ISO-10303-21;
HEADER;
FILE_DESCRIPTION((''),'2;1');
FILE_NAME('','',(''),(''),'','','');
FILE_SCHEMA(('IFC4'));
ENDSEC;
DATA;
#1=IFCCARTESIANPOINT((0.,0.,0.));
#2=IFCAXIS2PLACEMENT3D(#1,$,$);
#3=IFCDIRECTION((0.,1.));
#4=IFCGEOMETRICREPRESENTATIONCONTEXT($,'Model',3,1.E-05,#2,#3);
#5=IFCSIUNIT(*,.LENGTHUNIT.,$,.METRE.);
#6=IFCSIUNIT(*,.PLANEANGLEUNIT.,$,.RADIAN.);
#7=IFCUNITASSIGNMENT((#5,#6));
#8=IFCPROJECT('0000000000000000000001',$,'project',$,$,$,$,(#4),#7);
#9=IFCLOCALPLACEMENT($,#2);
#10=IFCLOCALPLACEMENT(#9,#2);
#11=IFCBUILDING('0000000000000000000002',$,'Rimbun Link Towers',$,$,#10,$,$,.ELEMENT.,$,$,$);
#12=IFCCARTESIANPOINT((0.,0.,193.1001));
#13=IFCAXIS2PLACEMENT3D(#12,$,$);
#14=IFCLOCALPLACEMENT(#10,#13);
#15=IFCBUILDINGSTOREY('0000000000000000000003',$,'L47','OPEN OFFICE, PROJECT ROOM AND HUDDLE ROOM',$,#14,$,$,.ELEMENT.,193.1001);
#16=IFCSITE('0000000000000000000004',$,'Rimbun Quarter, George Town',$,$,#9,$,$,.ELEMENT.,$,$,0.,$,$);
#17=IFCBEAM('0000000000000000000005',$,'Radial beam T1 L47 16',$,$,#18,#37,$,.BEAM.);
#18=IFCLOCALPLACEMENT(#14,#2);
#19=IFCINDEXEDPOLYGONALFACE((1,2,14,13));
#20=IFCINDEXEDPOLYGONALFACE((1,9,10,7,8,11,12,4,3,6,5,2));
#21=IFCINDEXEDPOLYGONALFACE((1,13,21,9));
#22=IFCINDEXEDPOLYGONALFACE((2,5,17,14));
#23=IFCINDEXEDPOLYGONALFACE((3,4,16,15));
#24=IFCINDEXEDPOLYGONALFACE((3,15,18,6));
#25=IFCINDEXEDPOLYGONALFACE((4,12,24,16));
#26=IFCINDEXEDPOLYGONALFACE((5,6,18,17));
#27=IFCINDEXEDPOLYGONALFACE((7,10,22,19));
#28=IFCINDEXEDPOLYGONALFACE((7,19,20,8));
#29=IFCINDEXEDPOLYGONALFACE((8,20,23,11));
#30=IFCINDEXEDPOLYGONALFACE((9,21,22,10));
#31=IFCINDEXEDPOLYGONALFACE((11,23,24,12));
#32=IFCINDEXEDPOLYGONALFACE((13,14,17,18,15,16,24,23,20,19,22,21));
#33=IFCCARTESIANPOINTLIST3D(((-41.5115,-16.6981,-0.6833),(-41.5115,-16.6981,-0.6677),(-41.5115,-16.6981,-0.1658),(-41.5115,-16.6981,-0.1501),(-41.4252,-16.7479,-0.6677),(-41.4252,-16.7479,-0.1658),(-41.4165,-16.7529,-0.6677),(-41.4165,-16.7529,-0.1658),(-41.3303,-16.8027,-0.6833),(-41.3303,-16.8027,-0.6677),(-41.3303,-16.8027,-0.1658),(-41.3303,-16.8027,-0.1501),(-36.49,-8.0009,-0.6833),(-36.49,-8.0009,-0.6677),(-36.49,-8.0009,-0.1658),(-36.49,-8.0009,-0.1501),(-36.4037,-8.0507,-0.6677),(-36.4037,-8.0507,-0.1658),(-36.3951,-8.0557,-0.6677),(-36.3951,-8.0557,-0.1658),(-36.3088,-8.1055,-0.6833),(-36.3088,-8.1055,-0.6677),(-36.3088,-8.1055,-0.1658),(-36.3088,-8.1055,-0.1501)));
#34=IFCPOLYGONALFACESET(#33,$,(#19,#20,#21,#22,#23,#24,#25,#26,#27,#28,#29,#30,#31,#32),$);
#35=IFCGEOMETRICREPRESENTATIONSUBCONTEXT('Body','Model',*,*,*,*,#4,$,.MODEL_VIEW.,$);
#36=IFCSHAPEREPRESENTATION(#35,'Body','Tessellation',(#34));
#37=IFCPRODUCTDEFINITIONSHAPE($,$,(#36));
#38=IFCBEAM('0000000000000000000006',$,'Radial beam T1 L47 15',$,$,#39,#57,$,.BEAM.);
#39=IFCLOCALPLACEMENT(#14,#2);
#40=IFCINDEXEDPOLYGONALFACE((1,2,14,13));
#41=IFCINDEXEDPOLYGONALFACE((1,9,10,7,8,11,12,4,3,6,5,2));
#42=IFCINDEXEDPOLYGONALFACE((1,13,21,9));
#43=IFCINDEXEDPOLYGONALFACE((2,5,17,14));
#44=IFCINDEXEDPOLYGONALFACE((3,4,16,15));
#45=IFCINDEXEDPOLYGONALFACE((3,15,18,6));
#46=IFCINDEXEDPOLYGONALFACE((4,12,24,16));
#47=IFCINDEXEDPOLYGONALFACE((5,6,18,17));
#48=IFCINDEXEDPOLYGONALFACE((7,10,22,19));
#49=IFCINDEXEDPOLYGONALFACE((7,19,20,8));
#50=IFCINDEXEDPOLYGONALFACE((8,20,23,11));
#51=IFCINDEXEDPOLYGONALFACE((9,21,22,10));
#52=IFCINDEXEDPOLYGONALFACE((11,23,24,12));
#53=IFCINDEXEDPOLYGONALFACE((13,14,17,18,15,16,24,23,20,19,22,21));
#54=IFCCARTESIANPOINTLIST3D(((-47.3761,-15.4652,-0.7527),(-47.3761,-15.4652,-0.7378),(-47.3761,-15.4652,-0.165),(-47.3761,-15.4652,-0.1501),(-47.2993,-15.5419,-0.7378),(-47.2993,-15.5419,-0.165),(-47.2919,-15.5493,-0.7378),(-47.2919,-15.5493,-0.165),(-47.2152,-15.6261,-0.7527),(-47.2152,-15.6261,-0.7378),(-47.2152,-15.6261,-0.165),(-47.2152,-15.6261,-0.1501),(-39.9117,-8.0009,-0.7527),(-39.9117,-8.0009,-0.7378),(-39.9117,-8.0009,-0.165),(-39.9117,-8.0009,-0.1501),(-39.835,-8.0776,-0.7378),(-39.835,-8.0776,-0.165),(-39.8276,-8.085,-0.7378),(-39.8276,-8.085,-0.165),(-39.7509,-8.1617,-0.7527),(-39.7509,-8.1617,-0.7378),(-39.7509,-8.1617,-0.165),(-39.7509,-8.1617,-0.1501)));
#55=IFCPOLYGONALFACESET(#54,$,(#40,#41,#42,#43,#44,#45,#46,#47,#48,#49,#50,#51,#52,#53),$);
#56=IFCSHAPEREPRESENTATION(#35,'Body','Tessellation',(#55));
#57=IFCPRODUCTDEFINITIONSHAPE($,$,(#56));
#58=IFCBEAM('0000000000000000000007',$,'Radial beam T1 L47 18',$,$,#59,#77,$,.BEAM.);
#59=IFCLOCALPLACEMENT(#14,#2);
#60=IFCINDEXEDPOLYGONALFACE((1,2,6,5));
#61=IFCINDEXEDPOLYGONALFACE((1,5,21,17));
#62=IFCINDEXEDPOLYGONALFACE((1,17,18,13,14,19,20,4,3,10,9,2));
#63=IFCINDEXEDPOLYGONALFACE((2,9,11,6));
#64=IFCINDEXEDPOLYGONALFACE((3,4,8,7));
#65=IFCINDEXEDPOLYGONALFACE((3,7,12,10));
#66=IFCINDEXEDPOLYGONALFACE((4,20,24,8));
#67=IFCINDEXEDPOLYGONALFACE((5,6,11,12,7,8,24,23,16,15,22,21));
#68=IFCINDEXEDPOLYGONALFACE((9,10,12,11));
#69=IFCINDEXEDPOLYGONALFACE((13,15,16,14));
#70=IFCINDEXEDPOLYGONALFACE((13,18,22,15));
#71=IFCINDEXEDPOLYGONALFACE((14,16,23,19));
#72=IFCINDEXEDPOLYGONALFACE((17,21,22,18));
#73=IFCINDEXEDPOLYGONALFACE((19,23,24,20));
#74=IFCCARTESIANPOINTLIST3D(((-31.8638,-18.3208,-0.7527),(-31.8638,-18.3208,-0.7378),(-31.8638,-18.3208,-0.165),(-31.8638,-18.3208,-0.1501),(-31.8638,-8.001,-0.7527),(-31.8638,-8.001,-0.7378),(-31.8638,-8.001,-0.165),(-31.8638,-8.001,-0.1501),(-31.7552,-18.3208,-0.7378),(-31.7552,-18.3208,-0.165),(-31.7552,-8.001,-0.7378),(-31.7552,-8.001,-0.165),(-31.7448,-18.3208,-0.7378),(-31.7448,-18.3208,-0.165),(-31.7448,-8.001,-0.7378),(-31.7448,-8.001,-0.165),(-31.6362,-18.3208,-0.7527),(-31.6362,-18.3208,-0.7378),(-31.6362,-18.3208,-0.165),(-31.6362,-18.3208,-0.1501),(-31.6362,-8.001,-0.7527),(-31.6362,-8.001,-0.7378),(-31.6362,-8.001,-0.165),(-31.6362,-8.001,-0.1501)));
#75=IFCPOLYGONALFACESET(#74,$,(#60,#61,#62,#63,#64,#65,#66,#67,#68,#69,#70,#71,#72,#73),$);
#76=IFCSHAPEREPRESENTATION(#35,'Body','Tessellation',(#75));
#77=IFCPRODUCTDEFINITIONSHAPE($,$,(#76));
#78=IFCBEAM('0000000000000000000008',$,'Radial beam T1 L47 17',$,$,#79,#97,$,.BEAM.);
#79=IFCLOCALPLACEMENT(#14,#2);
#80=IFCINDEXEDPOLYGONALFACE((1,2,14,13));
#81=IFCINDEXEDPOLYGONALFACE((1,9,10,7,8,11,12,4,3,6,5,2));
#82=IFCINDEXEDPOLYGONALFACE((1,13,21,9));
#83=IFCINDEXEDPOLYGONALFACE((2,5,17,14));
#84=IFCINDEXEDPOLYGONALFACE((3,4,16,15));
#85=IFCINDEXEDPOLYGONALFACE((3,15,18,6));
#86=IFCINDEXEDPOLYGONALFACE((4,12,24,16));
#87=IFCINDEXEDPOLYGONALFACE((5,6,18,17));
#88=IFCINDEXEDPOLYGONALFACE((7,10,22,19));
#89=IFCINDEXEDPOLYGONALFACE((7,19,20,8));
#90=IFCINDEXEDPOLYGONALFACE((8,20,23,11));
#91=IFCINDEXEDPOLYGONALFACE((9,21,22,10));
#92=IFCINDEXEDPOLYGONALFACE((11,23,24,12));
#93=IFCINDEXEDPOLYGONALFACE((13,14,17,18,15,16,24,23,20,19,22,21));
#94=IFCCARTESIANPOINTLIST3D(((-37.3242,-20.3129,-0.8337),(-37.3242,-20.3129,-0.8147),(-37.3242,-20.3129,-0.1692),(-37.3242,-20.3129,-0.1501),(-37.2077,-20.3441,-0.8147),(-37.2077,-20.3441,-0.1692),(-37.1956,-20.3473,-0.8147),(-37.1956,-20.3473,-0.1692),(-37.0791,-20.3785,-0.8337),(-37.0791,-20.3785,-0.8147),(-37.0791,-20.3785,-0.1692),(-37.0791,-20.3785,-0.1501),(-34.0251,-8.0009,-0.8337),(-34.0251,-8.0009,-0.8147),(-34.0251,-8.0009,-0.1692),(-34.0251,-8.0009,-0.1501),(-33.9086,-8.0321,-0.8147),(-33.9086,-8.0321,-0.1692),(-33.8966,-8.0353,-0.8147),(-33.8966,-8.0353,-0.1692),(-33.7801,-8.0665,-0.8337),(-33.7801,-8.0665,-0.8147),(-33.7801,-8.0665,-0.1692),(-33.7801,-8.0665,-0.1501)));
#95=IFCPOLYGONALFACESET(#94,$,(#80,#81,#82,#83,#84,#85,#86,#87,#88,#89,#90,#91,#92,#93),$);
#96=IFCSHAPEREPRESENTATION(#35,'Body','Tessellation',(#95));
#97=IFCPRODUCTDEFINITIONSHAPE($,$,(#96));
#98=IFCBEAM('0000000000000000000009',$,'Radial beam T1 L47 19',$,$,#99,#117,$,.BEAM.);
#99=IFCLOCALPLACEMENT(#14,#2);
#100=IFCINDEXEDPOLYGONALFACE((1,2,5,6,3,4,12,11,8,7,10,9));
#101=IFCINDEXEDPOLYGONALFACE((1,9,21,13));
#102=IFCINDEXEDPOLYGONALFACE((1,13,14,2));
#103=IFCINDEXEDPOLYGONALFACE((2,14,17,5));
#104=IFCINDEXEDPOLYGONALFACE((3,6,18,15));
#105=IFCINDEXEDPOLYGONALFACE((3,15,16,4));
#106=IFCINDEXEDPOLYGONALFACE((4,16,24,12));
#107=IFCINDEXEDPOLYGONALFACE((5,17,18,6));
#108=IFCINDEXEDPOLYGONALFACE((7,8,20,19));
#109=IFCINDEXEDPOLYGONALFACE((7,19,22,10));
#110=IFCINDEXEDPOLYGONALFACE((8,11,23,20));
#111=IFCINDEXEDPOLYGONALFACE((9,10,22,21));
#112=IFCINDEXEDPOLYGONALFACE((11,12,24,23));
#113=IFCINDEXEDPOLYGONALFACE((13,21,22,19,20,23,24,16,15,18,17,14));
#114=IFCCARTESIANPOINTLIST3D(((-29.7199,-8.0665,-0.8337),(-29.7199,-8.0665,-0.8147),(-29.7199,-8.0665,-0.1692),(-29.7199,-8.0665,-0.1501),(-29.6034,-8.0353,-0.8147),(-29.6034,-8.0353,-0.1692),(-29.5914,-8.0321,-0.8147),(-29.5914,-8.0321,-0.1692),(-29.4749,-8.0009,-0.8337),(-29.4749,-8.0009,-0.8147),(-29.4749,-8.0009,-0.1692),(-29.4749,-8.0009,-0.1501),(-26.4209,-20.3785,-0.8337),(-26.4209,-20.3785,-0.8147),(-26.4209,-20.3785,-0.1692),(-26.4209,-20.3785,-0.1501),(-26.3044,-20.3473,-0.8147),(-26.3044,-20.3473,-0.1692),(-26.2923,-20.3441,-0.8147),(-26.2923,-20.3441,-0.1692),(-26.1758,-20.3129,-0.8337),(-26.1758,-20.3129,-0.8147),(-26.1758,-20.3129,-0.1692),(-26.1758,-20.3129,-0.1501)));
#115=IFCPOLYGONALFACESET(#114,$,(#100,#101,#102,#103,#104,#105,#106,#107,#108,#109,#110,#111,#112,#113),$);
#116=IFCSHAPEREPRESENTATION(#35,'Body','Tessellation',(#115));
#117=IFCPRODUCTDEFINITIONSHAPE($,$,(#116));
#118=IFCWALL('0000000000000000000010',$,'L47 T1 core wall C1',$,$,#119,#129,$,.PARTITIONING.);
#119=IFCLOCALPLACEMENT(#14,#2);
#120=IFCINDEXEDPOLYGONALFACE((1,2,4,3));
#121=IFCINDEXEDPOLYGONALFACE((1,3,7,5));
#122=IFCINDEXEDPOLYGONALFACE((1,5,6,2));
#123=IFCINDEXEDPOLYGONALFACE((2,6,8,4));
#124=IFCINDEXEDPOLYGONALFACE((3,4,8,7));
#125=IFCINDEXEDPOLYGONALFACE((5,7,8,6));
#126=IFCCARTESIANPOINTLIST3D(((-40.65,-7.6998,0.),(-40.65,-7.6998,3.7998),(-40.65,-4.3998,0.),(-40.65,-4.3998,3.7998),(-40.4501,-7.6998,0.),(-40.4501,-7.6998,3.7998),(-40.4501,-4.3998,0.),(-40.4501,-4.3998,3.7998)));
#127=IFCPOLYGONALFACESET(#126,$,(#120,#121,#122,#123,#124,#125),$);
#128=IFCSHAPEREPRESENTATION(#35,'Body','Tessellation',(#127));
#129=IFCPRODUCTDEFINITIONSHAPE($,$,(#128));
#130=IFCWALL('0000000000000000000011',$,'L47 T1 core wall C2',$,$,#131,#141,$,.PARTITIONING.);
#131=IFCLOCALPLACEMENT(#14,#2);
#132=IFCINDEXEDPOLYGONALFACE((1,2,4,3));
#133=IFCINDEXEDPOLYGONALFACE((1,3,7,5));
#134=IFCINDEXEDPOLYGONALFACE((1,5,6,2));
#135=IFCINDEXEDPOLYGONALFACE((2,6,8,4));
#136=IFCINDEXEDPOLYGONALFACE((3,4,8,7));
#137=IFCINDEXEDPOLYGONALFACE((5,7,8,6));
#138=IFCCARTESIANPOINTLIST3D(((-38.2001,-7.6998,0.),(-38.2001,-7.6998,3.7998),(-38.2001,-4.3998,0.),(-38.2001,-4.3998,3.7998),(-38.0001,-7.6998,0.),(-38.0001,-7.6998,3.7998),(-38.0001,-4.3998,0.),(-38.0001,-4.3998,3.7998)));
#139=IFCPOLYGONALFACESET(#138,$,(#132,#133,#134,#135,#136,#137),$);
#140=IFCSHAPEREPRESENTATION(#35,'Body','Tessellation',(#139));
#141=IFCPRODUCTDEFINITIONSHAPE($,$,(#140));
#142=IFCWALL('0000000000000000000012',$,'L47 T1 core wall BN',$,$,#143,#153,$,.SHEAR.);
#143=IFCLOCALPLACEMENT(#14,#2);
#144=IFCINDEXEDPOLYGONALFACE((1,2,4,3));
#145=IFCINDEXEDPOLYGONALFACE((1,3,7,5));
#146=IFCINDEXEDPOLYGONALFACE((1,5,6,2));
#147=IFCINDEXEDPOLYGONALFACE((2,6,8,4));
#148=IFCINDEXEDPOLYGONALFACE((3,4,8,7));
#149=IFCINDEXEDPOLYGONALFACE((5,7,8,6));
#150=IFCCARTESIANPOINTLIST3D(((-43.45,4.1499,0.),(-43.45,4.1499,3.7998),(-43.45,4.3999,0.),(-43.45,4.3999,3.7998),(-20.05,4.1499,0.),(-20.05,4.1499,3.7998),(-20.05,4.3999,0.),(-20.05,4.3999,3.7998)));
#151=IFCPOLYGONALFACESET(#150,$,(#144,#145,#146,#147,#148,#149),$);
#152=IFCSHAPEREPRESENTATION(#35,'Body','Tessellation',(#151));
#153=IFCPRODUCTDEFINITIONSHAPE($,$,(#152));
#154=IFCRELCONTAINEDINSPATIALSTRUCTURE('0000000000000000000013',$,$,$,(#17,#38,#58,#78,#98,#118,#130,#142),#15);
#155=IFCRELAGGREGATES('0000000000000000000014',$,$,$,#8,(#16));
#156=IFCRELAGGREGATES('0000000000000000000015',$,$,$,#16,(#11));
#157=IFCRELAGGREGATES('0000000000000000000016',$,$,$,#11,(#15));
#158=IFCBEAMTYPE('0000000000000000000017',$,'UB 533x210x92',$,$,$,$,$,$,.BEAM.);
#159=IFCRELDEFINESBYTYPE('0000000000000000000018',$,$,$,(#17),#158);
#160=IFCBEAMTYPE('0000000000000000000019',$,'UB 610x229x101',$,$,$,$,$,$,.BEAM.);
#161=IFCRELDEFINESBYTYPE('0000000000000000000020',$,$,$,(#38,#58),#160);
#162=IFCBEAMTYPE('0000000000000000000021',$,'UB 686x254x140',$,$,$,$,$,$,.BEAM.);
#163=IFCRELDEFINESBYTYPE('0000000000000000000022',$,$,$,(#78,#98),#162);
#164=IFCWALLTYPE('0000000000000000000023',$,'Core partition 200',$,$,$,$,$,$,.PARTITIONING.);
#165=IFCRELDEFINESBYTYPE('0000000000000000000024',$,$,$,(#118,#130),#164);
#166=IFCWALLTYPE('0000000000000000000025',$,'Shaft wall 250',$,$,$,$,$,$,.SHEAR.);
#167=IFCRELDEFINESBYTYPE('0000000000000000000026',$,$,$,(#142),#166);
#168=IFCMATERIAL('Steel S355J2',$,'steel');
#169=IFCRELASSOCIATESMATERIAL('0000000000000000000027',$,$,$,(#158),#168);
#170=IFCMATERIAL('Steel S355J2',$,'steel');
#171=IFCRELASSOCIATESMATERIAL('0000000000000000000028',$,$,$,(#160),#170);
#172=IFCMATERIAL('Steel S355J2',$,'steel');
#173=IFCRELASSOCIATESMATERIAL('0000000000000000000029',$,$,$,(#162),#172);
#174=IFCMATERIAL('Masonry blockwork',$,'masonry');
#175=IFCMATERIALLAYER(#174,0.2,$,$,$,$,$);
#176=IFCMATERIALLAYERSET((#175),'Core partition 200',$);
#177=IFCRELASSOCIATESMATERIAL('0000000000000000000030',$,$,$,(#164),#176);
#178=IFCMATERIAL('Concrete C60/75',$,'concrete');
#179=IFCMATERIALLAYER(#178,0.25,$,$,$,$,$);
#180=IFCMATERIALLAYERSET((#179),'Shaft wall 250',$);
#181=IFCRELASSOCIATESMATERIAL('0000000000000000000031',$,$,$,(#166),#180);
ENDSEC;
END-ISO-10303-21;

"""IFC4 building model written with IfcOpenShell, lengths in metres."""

from ifc_helpers import new_model, si_unit, direction, frame, frame_2d, origin, origin_2d, place, context, subcontext, project, spatial, rectangle, i_section, extrude, material, layer, layer_set, material_profile, profile_set, type_object, element, save


model = new_model("IFC4")

# Units and contexts
model_context = context("Model", 3, precision=1e-05, world=origin(), true_north=direction((0.0, 1.0)))
body_context = subcontext(model_context, "Body", "Model", "MODEL_VIEW")
ifc_project = project(units=[si_unit("LENGTHUNIT", "METRE"), si_unit("PLANEANGLEUNIT", "RADIAN")], contexts=[model_context])

# Site, building, storey
site_placement = place(None, origin())
site = spatial("IfcSite", under=ifc_project, at=site_placement, Name="Rimbun Quarter, George Town", CompositionType="ELEMENT", RefElevation=0.0)
building_placement = place(site_placement, origin())
building = spatial("IfcBuilding", under=site, at=building_placement, Name="Rimbun Link Towers", CompositionType="ELEMENT")
storey_placement = place(building_placement, frame((0.0, 0.0, 193.1001)))
storey = spatial("IfcBuildingStorey", under=building, at=storey_placement, Name="L47", Description="OPEN OFFICE, PROJECT ROOM AND HUDDLE ROOM", CompositionType="ELEMENT", Elevation=193.1001)

# Beams
ifc_material_1 = material(Name="Steel S355J2", Category="steel")
ifc_material_profile_1 = material_profile(ifc_material_1, i_section(OverallWidth=0.2092, OverallDepth=0.5332, WebThickness=0.01, FlangeThickness=0.0156, at=origin_2d()), Name="UB 533x210x92")
ifc_profile_set_1 = profile_set([ifc_material_profile_1], Name="Steel S355J2")
beam_type_1 = type_object("IfcBeamType", Name="UB 533x210x92", PredefinedType="BEAM", material=ifc_profile_set_1)
beam_1_placement = place(storey_placement, frame((-36.3994, -8.0532, -0.4167), z_axis=(-0.500009, -0.86602, 0.0), x_axis=(0.86602, -0.500009, 0.0)))
element("IfcBeam", 1, at=beam_1_placement, inside=storey, type_object=beam_type_1, Name="Radial beam T1 L47 16", PredefinedType="BEAM", context=body_context, shape_type="SweptSolid", body=[
    extrude(i_section(OverallWidth=0.2092, OverallDepth=0.5332, WebThickness=0.01, FlangeThickness=0.0156, at=origin_2d()), origin(), (0.0, 0.0, 1.0), 10.0427),
])
ifc_material_2 = material(Name="Steel S355J2", Category="steel")
ifc_material_profile_2 = material_profile(ifc_material_2, i_section(OverallWidth=0.2275, OverallDepth=0.6025, WebThickness=0.0105, FlangeThickness=0.0149, at=origin_2d()), Name="UB 610x229x101")
ifc_profile_set_2 = profile_set([ifc_material_profile_2], Name="Steel S355J2")
beam_type_2 = type_object("IfcBeamType", Name="UB 610x229x101", PredefinedType="BEAM", material=ifc_profile_set_2)
beam_2_placement = place(storey_placement, frame((-39.8313, -8.0813, -0.4514), z_axis=(-0.707107, -0.707107, 0.0), x_axis=(0.707107, -0.707107, 0.0)))
element("IfcBeam", 2, at=beam_2_placement, inside=storey, type_object=beam_type_2, Name="Radial beam T1 L47 15", PredefinedType="BEAM", context=body_context, shape_type="SweptSolid", body=[
    extrude(i_section(OverallWidth=0.2275, OverallDepth=0.6025, WebThickness=0.0105, FlangeThickness=0.0149, at=origin_2d()), origin(), (0.0, 0.0, 1.0), 10.5562),
])
beam_3_placement = place(storey_placement, frame((-31.75, -8.001, -0.4514), z_axis=(0.0, -1.0, 0.0), x_axis=(1.0, 0.0, 0.0)))
element("IfcBeam", 3, at=beam_3_placement, inside=storey, type_object=beam_type_2, Name="Radial beam T1 L47 18", PredefinedType="BEAM", context=body_context, shape_type="SweptSolid", body=[
    extrude(i_section(OverallWidth=0.2275, OverallDepth=0.6025, WebThickness=0.0105, FlangeThickness=0.0149, at=origin_2d()), origin(), (0.0, 0.0, 1.0), 10.3198),
])
ifc_material_3 = material(Name="Steel S355J2", Category="steel")
ifc_material_profile_3 = material_profile(ifc_material_3, i_section(OverallWidth=0.2537, OverallDepth=0.6836, WebThickness=0.0125, FlangeThickness=0.019, at=origin_2d()), Name="UB 686x254x140")
ifc_profile_set_3 = profile_set([ifc_material_profile_3], Name="Steel S355J2")
beam_type_3 = type_object("IfcBeamType", Name="UB 686x254x140", PredefinedType="BEAM", material=ifc_profile_set_3)
for number, where, z_axis, x_axis, name in (
    (4, (-33.9026, -8.0337, -0.4919), (-0.258825, -0.965924, 0.0), (0.965924, -0.258825, 0.0), "Radial beam T1 L47 17"),
    (5, (-29.5974, -8.0337, -0.4919), (0.258825, -0.965924, 0.0), (0.965924, 0.258825, 0.0), "Radial beam T1 L47 19"),
):
    element("IfcBeam", number, at=place(storey_placement, frame(where, z_axis=z_axis, x_axis=x_axis)), inside=storey, type_object=beam_type_3, Name=name, PredefinedType="BEAM", context=body_context, shape_type="SweptSolid", body=[
        extrude(i_section(OverallWidth=0.2537, OverallDepth=0.6836, WebThickness=0.0125, FlangeThickness=0.019, at=origin_2d()), origin(), (0.0, 0.0, 1.0), 12.7463),
    ])

# Walls
ifc_material_4 = material(Name="Masonry blockwork", Category="masonry")
ifc_layer_1 = layer(ifc_material_4, 0.2)
ifc_layer_set_1 = layer_set([ifc_layer_1], Name="Core partition 200")
wall_type_1 = type_object("IfcWallType", Name="Core partition 200", PredefinedType="PARTITIONING", material=ifc_layer_set_1)
for number, where, z_axis, x_axis, name in (
    (6, (-40.55, -4.3999, 0.0), (0.0, 0.0, 1.0), (0.0, -1.0, 0.0), "L47 T1 core wall C1"),
    (7, (-38.1001, -4.3999, 0.0), (0.0, 0.0, 1.0), (0.0, -1.0, 0.0), "L47 T1 core wall C2"),
):
    element("IfcWall", number, at=place(storey_placement, frame(where, z_axis=z_axis, x_axis=x_axis)), inside=storey, type_object=wall_type_1, Name=name, PredefinedType="PARTITIONING", context=body_context, shape_type="SweptSolid", body=[
        extrude(rectangle(XDim=3.3, YDim=0.2, at=frame_2d((1.6499, 0.0))), origin(), (0.0, 0.0, 1.0), 3.7998),
    ])
ifc_material_5 = material(Name="Concrete C60/75", Category="concrete")
ifc_layer_2 = layer(ifc_material_5, 0.25)
ifc_layer_set_2 = layer_set([ifc_layer_2], Name="Shaft wall 250")
wall_type_2 = type_object("IfcWallType", Name="Shaft wall 250", PredefinedType="SHEAR", material=ifc_layer_set_2)
wall_1_placement = place(storey_placement, frame((-43.45, 4.2749, 0.0), z_axis=(0.0, 0.0, 1.0), x_axis=(1.0, 0.0, 0.0)))
element("IfcWall", 8, at=wall_1_placement, inside=storey, type_object=wall_type_2, Name="L47 T1 core wall BN", PredefinedType="SHEAR", context=body_context, shape_type="SweptSolid", body=[
    extrude(rectangle(XDim=23.3999, YDim=0.25, at=frame_2d((11.7, 0.0))), origin(), (0.0, 0.0, 1.0), 3.7998),
])

save(model, "model.ifc")
